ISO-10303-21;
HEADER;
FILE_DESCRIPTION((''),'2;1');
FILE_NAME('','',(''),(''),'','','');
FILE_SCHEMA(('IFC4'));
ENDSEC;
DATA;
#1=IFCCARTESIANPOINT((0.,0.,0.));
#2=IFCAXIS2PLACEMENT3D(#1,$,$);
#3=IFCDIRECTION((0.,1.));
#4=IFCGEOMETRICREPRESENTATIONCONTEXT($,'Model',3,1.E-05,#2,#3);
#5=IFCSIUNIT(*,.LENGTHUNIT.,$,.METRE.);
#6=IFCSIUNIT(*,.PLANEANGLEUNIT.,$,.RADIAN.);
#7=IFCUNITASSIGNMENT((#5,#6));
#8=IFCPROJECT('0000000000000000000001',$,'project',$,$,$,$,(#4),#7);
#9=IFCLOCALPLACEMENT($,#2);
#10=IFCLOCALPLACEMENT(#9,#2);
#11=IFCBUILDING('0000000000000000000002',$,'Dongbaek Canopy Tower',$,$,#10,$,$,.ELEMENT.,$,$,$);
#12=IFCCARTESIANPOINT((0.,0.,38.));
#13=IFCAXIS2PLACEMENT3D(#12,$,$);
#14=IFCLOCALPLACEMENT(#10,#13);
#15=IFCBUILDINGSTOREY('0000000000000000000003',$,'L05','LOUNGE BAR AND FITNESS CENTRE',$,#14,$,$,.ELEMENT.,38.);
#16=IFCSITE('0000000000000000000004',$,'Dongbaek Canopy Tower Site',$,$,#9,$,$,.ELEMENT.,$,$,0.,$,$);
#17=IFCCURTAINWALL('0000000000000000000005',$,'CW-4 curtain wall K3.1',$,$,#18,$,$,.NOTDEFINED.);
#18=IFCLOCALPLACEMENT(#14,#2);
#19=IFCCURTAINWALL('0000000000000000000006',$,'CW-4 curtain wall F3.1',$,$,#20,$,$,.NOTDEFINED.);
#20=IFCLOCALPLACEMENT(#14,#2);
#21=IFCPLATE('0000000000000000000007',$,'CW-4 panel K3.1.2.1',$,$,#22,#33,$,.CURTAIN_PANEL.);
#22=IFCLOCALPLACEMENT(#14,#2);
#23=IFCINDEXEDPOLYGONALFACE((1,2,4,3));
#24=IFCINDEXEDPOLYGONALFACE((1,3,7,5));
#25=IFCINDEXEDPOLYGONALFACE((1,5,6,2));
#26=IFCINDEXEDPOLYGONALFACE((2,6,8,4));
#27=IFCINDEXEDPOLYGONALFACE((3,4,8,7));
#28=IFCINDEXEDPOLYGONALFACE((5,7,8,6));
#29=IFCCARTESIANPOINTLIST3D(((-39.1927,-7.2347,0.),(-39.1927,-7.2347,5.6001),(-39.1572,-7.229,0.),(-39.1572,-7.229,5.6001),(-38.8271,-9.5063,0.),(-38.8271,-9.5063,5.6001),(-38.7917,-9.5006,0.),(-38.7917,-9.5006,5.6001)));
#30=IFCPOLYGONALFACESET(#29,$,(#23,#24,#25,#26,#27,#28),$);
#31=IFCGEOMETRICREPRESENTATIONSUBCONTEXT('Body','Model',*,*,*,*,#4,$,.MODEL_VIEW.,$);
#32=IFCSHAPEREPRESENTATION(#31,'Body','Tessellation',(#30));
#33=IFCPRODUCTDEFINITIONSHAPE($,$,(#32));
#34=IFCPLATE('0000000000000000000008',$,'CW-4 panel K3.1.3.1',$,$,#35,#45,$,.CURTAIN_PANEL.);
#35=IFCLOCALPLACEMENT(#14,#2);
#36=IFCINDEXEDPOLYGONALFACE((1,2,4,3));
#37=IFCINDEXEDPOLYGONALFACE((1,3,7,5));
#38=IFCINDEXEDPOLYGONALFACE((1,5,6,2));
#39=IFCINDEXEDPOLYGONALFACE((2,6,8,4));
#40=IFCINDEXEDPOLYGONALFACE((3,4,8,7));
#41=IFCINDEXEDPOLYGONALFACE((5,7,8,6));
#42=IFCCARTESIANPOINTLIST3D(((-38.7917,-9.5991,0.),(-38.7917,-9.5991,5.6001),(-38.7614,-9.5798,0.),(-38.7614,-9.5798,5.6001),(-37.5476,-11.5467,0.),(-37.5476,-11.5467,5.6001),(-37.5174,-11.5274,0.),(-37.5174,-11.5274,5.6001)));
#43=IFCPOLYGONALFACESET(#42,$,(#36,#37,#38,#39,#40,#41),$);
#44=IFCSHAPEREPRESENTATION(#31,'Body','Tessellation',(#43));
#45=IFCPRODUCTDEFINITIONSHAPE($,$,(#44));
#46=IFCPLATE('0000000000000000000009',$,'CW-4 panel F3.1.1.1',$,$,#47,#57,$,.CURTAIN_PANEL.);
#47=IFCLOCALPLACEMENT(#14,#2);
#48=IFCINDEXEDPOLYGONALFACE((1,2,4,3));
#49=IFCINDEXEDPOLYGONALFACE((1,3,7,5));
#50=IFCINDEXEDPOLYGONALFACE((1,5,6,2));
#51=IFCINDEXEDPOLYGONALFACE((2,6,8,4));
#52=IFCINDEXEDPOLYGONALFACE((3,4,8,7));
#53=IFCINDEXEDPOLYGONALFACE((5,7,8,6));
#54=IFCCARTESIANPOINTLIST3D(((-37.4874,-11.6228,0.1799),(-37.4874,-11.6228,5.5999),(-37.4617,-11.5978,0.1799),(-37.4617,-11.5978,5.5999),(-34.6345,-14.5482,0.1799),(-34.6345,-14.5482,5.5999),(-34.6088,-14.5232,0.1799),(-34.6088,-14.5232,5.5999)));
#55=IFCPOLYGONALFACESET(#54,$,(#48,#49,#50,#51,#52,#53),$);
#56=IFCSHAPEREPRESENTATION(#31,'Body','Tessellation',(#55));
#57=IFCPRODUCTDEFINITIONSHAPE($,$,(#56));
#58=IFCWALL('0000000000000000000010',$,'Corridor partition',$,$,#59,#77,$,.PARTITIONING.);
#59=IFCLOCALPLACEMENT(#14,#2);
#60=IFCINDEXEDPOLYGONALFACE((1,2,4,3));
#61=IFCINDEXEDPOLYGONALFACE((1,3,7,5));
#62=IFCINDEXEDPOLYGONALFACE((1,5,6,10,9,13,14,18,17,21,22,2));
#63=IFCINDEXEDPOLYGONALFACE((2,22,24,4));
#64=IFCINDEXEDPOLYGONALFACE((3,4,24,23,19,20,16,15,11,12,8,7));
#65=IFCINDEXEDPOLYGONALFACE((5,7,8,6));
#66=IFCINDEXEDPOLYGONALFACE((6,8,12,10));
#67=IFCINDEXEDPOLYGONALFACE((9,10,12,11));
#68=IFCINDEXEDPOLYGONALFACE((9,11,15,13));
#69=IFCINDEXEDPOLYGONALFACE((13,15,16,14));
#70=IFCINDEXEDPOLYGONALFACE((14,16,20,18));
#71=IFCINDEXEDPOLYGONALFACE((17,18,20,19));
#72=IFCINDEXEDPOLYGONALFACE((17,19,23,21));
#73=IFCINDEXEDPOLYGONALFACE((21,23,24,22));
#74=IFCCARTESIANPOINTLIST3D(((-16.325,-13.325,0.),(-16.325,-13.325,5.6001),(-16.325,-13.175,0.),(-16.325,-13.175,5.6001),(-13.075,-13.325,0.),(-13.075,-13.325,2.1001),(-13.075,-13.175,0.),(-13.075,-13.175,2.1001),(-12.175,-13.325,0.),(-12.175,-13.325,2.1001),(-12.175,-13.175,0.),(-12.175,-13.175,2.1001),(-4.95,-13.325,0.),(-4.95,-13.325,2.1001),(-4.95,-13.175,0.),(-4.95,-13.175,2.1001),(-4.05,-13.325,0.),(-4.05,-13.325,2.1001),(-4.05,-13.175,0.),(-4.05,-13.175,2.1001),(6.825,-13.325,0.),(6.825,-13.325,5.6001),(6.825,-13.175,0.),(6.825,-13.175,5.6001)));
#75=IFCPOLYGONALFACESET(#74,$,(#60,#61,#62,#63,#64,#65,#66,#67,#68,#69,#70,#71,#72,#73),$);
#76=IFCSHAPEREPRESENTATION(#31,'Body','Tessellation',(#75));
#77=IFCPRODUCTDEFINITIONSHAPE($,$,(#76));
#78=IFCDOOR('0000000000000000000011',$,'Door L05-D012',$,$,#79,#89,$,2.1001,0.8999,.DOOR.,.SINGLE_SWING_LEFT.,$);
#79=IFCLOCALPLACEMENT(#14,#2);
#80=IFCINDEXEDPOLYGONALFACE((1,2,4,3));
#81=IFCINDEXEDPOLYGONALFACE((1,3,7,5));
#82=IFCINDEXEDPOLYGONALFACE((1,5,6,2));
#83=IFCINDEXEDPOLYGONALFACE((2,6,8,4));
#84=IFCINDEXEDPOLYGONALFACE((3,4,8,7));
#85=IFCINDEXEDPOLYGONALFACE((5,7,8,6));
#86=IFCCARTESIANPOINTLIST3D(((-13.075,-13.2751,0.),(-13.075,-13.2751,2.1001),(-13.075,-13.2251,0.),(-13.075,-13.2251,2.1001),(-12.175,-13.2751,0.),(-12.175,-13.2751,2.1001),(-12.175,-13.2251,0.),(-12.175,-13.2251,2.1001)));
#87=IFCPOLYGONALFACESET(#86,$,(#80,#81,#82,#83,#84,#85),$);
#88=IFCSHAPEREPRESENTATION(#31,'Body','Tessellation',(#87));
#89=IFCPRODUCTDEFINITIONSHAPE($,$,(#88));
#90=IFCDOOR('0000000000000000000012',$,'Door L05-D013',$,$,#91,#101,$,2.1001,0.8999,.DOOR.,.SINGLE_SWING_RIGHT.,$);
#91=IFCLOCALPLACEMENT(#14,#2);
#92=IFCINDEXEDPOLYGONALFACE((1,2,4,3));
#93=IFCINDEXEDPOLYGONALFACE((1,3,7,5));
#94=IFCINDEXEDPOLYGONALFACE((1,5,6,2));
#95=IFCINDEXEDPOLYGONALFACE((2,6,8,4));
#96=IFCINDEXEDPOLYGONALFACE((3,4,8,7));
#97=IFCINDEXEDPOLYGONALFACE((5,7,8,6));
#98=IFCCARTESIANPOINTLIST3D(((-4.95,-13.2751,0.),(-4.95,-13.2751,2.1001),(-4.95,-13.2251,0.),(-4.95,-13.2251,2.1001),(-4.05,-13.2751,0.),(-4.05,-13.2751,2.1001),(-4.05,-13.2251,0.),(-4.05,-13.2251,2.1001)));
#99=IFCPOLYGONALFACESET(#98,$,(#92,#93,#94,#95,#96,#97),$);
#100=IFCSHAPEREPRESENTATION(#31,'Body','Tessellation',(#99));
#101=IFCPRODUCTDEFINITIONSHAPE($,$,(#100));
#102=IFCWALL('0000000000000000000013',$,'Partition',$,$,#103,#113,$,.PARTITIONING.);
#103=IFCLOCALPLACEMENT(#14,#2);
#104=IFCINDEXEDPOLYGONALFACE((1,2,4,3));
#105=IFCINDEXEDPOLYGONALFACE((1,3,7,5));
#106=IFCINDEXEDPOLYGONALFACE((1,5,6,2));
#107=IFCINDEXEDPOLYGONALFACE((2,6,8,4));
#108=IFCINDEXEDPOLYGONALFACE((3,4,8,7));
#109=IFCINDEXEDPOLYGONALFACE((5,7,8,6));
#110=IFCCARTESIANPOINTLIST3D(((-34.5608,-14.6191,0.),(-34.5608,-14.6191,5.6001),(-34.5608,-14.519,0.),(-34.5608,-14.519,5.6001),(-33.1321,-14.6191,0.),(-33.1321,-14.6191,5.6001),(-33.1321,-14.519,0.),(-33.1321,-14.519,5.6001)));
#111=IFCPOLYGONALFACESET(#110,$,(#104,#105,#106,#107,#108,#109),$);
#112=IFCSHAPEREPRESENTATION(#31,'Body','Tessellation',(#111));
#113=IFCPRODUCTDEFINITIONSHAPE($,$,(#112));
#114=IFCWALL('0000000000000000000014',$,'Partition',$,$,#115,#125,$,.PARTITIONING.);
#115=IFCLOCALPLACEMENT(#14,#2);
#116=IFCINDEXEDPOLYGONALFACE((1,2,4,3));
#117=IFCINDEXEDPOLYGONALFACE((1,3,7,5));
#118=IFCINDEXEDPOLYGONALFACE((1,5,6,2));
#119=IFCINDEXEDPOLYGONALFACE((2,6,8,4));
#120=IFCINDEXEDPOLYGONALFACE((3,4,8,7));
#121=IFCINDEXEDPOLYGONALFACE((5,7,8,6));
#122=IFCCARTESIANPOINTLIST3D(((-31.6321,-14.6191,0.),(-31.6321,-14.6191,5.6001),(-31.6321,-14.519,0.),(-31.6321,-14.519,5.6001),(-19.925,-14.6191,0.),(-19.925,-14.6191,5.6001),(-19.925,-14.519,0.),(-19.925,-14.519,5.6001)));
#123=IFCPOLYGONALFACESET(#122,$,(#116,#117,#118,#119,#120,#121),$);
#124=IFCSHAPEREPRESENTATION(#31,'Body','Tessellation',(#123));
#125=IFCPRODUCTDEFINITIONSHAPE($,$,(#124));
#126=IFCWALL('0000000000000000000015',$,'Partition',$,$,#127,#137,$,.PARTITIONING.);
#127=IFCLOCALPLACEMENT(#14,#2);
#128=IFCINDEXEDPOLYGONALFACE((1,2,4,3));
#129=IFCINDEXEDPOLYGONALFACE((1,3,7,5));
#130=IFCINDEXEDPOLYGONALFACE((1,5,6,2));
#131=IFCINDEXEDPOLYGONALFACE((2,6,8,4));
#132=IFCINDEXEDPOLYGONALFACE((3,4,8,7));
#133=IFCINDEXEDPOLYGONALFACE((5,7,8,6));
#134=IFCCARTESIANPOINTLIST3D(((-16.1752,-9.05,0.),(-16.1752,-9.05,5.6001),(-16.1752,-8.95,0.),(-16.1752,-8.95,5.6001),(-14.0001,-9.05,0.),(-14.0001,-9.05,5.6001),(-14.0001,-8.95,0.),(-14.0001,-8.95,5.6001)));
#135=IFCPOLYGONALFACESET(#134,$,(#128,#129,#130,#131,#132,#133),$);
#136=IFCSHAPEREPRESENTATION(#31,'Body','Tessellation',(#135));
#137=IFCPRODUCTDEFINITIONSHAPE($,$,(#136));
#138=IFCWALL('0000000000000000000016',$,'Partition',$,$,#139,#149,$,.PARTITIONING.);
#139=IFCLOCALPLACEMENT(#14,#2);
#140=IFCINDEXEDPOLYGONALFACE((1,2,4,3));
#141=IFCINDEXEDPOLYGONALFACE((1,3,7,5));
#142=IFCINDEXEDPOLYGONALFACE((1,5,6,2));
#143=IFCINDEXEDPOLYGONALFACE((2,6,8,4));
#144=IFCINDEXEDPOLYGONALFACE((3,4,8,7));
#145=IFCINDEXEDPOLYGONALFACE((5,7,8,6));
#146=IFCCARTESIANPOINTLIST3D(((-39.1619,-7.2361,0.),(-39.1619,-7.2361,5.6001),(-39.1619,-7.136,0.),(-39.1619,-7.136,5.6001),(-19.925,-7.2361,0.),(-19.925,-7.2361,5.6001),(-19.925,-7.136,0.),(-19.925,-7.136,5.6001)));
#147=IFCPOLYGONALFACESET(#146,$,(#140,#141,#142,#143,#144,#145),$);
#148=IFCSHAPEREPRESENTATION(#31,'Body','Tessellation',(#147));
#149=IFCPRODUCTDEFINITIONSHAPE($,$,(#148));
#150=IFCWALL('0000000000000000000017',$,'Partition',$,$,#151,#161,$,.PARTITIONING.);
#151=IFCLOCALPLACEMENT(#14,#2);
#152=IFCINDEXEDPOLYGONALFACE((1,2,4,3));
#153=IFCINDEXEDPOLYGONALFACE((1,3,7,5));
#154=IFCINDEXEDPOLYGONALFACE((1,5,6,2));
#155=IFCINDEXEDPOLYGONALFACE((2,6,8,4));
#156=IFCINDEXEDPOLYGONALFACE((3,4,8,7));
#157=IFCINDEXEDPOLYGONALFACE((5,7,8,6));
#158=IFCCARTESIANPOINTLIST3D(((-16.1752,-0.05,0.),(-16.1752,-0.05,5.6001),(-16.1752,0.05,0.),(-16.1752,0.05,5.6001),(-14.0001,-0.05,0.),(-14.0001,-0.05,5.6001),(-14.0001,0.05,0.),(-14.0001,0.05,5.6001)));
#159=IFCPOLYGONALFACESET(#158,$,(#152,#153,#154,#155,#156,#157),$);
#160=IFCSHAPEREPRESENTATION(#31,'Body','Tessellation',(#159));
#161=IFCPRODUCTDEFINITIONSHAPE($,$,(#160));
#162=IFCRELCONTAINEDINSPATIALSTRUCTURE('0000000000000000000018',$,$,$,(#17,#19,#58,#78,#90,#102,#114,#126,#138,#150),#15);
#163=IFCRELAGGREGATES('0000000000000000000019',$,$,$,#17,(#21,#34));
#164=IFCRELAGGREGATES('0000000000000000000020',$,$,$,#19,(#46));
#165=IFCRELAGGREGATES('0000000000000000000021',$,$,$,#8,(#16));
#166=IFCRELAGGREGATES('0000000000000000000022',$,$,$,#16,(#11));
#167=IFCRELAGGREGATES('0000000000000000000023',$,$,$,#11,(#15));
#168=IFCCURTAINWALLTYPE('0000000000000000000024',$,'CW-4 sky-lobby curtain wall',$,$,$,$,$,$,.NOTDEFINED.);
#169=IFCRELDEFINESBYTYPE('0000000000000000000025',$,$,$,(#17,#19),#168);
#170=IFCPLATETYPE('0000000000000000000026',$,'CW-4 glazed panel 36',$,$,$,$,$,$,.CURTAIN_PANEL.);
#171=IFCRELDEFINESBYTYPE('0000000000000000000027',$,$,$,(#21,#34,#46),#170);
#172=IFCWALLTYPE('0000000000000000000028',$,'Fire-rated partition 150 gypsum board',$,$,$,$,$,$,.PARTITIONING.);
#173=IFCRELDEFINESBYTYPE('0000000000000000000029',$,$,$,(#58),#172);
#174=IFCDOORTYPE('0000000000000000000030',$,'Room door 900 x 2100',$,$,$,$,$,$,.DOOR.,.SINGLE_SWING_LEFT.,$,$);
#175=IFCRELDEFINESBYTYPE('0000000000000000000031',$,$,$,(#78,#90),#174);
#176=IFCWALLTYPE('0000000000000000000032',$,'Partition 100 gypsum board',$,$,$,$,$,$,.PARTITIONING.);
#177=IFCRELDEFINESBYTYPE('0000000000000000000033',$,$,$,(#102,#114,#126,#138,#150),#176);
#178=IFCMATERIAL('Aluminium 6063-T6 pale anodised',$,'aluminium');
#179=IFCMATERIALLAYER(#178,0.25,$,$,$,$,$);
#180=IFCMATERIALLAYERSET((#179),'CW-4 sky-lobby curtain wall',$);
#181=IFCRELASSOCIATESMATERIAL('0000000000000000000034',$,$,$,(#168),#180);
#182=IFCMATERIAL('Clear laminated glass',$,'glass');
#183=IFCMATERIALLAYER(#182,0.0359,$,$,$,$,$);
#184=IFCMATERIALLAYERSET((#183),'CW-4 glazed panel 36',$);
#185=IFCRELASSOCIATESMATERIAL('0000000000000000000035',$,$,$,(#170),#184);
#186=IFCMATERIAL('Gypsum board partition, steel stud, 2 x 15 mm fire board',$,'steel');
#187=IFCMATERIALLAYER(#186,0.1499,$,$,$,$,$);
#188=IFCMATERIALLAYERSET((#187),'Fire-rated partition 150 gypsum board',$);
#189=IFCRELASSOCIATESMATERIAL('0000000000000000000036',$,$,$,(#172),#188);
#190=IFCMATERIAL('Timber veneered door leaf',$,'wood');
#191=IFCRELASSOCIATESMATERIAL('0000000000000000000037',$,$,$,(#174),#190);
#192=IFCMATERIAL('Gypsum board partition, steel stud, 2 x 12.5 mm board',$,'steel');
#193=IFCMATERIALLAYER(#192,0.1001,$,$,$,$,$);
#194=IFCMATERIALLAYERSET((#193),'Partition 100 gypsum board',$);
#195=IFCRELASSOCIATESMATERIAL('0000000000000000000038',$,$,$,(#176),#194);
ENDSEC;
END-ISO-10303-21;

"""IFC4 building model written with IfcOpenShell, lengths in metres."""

from ifc_helpers import new_model, si_unit, direction, frame, frame_2d, origin, origin_2d, place, context, subcontext, project, spatial, rectangle, extrude, material, layer, layer_set, type_object, element, fill, aggregate, save


model = new_model("IFC4")

# Units and contexts
model_context = context("Model", 3, precision=1e-05, world=origin(), true_north=direction((0.0, 1.0)))
body_context = subcontext(model_context, "Body", "Model", "MODEL_VIEW")
ifc_project = project(units=[si_unit("LENGTHUNIT", "METRE"), si_unit("PLANEANGLEUNIT", "RADIAN")], contexts=[model_context])

# Site, building, storey
site_placement = place(None, origin())
site = spatial("IfcSite", under=ifc_project, at=site_placement, Name="Dongbaek Canopy Tower Site", CompositionType="ELEMENT", RefElevation=0.0)
building_placement = place(site_placement, origin())
building = spatial("IfcBuilding", under=site, at=building_placement, Name="Dongbaek Canopy Tower", CompositionType="ELEMENT")
storey_placement = place(building_placement, frame((0.0, 0.0, 38.0)))
storey = spatial("IfcBuildingStorey", under=building, at=storey_placement, Name="L05", Description="LOUNGE BAR AND FITNESS CENTRE", CompositionType="ELEMENT", Elevation=38.0)

# Curtain wall
ifc_material_1 = material(Name="Aluminium 6063-T6 pale anodised", Category="aluminium")
ifc_layer_1 = layer(ifc_material_1, 0.25)
ifc_layer_set_1 = layer_set([ifc_layer_1], Name="CW-4 sky-lobby curtain wall")
curtain_wall_type = type_object("IfcCurtainWallType", Name="CW-4 sky-lobby curtain wall", PredefinedType="NOTDEFINED", material=ifc_layer_set_1)
curtain_wall_1_placement = place(storey_placement, origin())
curtain_wall_1 = element("IfcCurtainWall", 1, at=curtain_wall_1_placement, inside=storey, type_object=curtain_wall_type, Name="CW-4 curtain wall K3.1", PredefinedType="NOTDEFINED")

# Curtain wall
curtain_wall_2_placement = place(storey_placement, origin())
curtain_wall_2 = element("IfcCurtainWall", 2, at=curtain_wall_2_placement, inside=storey, type_object=curtain_wall_type, Name="CW-4 curtain wall F3.1", PredefinedType="NOTDEFINED")

# Plates
ifc_material_2 = material(Name="Clear laminated glass", Category="glass")
ifc_layer_2 = layer(ifc_material_2, 0.0359)
ifc_layer_set_2 = layer_set([ifc_layer_2], Name="CW-4 glazed panel 36")
plate_type = type_object("IfcPlateType", Name="CW-4 glazed panel 36", PredefinedType="CURTAIN_PANEL", material=ifc_layer_set_2)
plate_1_placement = place(storey_placement, frame((-38.9922, -8.3677, 0.0), z_axis=(0.0, 0.0, 1.0), x_axis=(0.158882, -0.987298, 0.0)))
plate_1 = element("IfcPlate", 3, at=plate_1_placement, type_object=plate_type, Name="CW-4 panel K3.1.2.1", PredefinedType="CURTAIN_PANEL", context=body_context, shape_type="SweptSolid", body=[
    extrude(rectangle(XDim=2.3008, YDim=0.0359, at=origin_2d()), origin(), (0.0, 0.0, 1.0), 5.6001),
])
plate_2_placement = place(storey_placement, frame((-38.1545, -10.5632, 0.0), z_axis=(0.0, 0.0, 1.0), x_axis=(0.538303, -0.842751, 0.0)))
plate_2 = element("IfcPlate", 4, at=plate_2_placement, type_object=plate_type, Name="CW-4 panel K3.1.3.1", PredefinedType="CURTAIN_PANEL", context=body_context, shape_type="SweptSolid", body=[
    extrude(rectangle(XDim=2.311, YDim=0.0359, at=origin_2d()), origin(), (0.0, 0.0, 1.0), 5.6001),
])
aggregate(curtain_wall_1, [plate_1, plate_2])
plate_3_placement = place(storey_placement, frame((-36.0481, -13.073, 0.1799), z_axis=(0.0, 0.0, 1.0), x_axis=(0.698181, -0.715921, 0.0)))
plate_3 = element("IfcPlate", 5, at=plate_3_placement, type_object=plate_type, Name="CW-4 panel F3.1.1.1", PredefinedType="CURTAIN_PANEL", context=body_context, shape_type="SweptSolid", body=[
    extrude(rectangle(XDim=4.0862, YDim=0.0359, at=origin_2d()), origin(), (0.0, 0.0, 1.0), 5.4199),
])
aggregate(curtain_wall_2, [plate_3])

# Wall, openings, doors
ifc_material_3 = material(Name="Gypsum board partition, steel stud, 2 x 15 mm fire board", Category="steel")
ifc_layer_3 = layer(ifc_material_3, 0.1499)
ifc_layer_set_3 = layer_set([ifc_layer_3], Name="Fire-rated partition 150 gypsum board")
wall_type_1 = type_object("IfcWallType", Name="Fire-rated partition 150 gypsum board", PredefinedType="PARTITIONING", material=ifc_layer_set_3)
wall_1_placement = place(storey_placement, frame((-16.325, -13.25, 0.0), z_axis=(0.0, 0.0, 1.0), x_axis=(1.0, 0.0, 0.0)))
wall_1 = element("IfcWall", 6, at=wall_1_placement, inside=storey, type_object=wall_type_1, Name="Corridor partition", PredefinedType="PARTITIONING", context=body_context, shape_type="SweptSolid", body=[
    extrude(rectangle(XDim=23.1499, YDim=0.1499, at=frame_2d((11.575, 0.0))), origin(), (0.0, 0.0, 1.0), 5.6001),
])
opening_1_placement = place(wall_1_placement, frame((3.25, 0.0, 0.0)))
opening_1 = element("IfcOpeningElement", 7, at=opening_1_placement, cuts=wall_1, PredefinedType="OPENING", context=body_context, shape_type="SweptSolid", body=[
    extrude(rectangle(XDim=0.8999, YDim=2.1001, at=frame_2d((0.45, 1.05))), frame((0.0, 0.085, 0.0), z_axis=(0.0, -1.0, 0.0), x_axis=(1.0, 0.0, 0.0)), (0.0, 0.0, 1.0), 0.1699),
])
opening_2_placement = place(wall_1_placement, frame((11.375, 0.0, 0.0)))
opening_2 = element("IfcOpeningElement", 8, at=opening_2_placement, cuts=wall_1, PredefinedType="OPENING", context=body_context, shape_type="SweptSolid", body=[
    extrude(rectangle(XDim=0.8999, YDim=2.1001, at=frame_2d((0.45, 1.05))), frame((0.0, 0.085, 0.0), z_axis=(0.0, -1.0, 0.0), x_axis=(1.0, 0.0, 0.0)), (0.0, 0.0, 1.0), 0.1699),
])
ifc_material_4 = material(Name="Timber veneered door leaf", Category="wood")
door_type = type_object("IfcDoorType", Name="Room door 900 x 2100", OperationType="SINGLE_SWING_LEFT", PredefinedType="DOOR", material=ifc_material_4)
door_1_placement = place(opening_1_placement, origin())
door_1 = element("IfcDoor", 9, at=door_1_placement, inside=storey, type_object=door_type, Name="Door L05-D012", OperationType="SINGLE_SWING_LEFT", OverallHeight=2.1001, OverallWidth=0.8999, PredefinedType="DOOR", context=body_context, shape_type="SweptSolid", body=[
    extrude(rectangle(XDim=0.8999, YDim=2.1001, at=frame_2d((0.45, 1.05))), frame((0.0, 0.0249, 0.0), z_axis=(0.0, -1.0, 0.0), x_axis=(1.0, 0.0, 0.0)), (0.0, 0.0, 1.0), 0.05),
])
fill(opening_1, door_1)
door_2_placement = place(opening_2_placement, origin())
door_2 = element("IfcDoor", 10, at=door_2_placement, inside=storey, type_object=door_type, Name="Door L05-D013", OperationType="SINGLE_SWING_RIGHT", OverallHeight=2.1001, OverallWidth=0.8999, PredefinedType="DOOR", context=body_context, shape_type="SweptSolid", body=[
    extrude(rectangle(XDim=0.8999, YDim=2.1001, at=frame_2d((0.45, 1.05))), frame((0.0, 0.0249, 0.0), z_axis=(0.0, -1.0, 0.0), x_axis=(1.0, 0.0, 0.0)), (0.0, 0.0, 1.0), 0.05),
])
fill(opening_2, door_2)

# Walls
ifc_material_5 = material(Name="Gypsum board partition, steel stud, 2 x 12.5 mm board", Category="steel")
ifc_layer_4 = layer(ifc_material_5, 0.1001)
ifc_layer_set_4 = layer_set([ifc_layer_4], Name="Partition 100 gypsum board")
wall_type_2 = type_object("IfcWallType", Name="Partition 100 gypsum board", PredefinedType="PARTITIONING", material=ifc_layer_set_4)
wall_2_placement = place(storey_placement, frame((-34.5608, -14.5691, 0.0), z_axis=(0.0, 0.0, 1.0), x_axis=(1.0, 0.0, 0.0)))
element("IfcWall", 11, at=wall_2_placement, inside=storey, type_object=wall_type_2, Name="Partition", PredefinedType="PARTITIONING", context=body_context, shape_type="SweptSolid", body=[
    extrude(rectangle(XDim=1.4287, YDim=0.1001, at=frame_2d((0.7144, 0.0))), origin(), (0.0, 0.0, 1.0), 5.6001),
])
wall_3_placement = place(storey_placement, frame((-31.6321, -14.5691, 0.0), z_axis=(0.0, 0.0, 1.0), x_axis=(1.0, 0.0, 0.0)))
element("IfcWall", 12, at=wall_3_placement, inside=storey, type_object=wall_type_2, Name="Partition", PredefinedType="PARTITIONING", context=body_context, shape_type="SweptSolid", body=[
    extrude(rectangle(XDim=11.707, YDim=0.1001, at=frame_2d((5.8535, 0.0))), origin(), (0.0, 0.0, 1.0), 5.6001),
])
wall_4_placement = place(storey_placement, frame((-16.175, -9.0, 0.0), z_axis=(0.0, 0.0, 1.0), x_axis=(1.0, 0.0, 0.0)))
element("IfcWall", 13, at=wall_4_placement, inside=storey, type_object=wall_type_2, Name="Partition", PredefinedType="PARTITIONING", context=body_context, shape_type="SweptSolid", body=[
    extrude(rectangle(XDim=2.175, YDim=0.1001, at=frame_2d((1.0874, 0.0))), origin(), (0.0, 0.0, 1.0), 5.6001),
])
wall_5_placement = place(storey_placement, frame((-39.1619, -7.186, 0.0), z_axis=(0.0, 0.0, 1.0), x_axis=(1.0, 0.0, 0.0)))
element("IfcWall", 14, at=wall_5_placement, inside=storey, type_object=wall_type_2, Name="Partition", PredefinedType="PARTITIONING", context=body_context, shape_type="SweptSolid", body=[
    extrude(rectangle(XDim=19.2368, YDim=0.1001, at=frame_2d((9.6184, 0.0))), origin(), (0.0, 0.0, 1.0), 5.6001),
])
wall_6_placement = place(storey_placement, frame((-16.175, 0.0, 0.0), z_axis=(0.0, 0.0, 1.0), x_axis=(1.0, 0.0, 0.0)))
element("IfcWall", 15, at=wall_6_placement, inside=storey, type_object=wall_type_2, Name="Partition", PredefinedType="PARTITIONING", context=body_context, shape_type="SweptSolid", body=[
    extrude(rectangle(XDim=2.175, YDim=0.1001, at=frame_2d((1.0874, 0.0))), origin(), (0.0, 0.0, 1.0), 5.6001),
])

save(model, "model.ifc")
